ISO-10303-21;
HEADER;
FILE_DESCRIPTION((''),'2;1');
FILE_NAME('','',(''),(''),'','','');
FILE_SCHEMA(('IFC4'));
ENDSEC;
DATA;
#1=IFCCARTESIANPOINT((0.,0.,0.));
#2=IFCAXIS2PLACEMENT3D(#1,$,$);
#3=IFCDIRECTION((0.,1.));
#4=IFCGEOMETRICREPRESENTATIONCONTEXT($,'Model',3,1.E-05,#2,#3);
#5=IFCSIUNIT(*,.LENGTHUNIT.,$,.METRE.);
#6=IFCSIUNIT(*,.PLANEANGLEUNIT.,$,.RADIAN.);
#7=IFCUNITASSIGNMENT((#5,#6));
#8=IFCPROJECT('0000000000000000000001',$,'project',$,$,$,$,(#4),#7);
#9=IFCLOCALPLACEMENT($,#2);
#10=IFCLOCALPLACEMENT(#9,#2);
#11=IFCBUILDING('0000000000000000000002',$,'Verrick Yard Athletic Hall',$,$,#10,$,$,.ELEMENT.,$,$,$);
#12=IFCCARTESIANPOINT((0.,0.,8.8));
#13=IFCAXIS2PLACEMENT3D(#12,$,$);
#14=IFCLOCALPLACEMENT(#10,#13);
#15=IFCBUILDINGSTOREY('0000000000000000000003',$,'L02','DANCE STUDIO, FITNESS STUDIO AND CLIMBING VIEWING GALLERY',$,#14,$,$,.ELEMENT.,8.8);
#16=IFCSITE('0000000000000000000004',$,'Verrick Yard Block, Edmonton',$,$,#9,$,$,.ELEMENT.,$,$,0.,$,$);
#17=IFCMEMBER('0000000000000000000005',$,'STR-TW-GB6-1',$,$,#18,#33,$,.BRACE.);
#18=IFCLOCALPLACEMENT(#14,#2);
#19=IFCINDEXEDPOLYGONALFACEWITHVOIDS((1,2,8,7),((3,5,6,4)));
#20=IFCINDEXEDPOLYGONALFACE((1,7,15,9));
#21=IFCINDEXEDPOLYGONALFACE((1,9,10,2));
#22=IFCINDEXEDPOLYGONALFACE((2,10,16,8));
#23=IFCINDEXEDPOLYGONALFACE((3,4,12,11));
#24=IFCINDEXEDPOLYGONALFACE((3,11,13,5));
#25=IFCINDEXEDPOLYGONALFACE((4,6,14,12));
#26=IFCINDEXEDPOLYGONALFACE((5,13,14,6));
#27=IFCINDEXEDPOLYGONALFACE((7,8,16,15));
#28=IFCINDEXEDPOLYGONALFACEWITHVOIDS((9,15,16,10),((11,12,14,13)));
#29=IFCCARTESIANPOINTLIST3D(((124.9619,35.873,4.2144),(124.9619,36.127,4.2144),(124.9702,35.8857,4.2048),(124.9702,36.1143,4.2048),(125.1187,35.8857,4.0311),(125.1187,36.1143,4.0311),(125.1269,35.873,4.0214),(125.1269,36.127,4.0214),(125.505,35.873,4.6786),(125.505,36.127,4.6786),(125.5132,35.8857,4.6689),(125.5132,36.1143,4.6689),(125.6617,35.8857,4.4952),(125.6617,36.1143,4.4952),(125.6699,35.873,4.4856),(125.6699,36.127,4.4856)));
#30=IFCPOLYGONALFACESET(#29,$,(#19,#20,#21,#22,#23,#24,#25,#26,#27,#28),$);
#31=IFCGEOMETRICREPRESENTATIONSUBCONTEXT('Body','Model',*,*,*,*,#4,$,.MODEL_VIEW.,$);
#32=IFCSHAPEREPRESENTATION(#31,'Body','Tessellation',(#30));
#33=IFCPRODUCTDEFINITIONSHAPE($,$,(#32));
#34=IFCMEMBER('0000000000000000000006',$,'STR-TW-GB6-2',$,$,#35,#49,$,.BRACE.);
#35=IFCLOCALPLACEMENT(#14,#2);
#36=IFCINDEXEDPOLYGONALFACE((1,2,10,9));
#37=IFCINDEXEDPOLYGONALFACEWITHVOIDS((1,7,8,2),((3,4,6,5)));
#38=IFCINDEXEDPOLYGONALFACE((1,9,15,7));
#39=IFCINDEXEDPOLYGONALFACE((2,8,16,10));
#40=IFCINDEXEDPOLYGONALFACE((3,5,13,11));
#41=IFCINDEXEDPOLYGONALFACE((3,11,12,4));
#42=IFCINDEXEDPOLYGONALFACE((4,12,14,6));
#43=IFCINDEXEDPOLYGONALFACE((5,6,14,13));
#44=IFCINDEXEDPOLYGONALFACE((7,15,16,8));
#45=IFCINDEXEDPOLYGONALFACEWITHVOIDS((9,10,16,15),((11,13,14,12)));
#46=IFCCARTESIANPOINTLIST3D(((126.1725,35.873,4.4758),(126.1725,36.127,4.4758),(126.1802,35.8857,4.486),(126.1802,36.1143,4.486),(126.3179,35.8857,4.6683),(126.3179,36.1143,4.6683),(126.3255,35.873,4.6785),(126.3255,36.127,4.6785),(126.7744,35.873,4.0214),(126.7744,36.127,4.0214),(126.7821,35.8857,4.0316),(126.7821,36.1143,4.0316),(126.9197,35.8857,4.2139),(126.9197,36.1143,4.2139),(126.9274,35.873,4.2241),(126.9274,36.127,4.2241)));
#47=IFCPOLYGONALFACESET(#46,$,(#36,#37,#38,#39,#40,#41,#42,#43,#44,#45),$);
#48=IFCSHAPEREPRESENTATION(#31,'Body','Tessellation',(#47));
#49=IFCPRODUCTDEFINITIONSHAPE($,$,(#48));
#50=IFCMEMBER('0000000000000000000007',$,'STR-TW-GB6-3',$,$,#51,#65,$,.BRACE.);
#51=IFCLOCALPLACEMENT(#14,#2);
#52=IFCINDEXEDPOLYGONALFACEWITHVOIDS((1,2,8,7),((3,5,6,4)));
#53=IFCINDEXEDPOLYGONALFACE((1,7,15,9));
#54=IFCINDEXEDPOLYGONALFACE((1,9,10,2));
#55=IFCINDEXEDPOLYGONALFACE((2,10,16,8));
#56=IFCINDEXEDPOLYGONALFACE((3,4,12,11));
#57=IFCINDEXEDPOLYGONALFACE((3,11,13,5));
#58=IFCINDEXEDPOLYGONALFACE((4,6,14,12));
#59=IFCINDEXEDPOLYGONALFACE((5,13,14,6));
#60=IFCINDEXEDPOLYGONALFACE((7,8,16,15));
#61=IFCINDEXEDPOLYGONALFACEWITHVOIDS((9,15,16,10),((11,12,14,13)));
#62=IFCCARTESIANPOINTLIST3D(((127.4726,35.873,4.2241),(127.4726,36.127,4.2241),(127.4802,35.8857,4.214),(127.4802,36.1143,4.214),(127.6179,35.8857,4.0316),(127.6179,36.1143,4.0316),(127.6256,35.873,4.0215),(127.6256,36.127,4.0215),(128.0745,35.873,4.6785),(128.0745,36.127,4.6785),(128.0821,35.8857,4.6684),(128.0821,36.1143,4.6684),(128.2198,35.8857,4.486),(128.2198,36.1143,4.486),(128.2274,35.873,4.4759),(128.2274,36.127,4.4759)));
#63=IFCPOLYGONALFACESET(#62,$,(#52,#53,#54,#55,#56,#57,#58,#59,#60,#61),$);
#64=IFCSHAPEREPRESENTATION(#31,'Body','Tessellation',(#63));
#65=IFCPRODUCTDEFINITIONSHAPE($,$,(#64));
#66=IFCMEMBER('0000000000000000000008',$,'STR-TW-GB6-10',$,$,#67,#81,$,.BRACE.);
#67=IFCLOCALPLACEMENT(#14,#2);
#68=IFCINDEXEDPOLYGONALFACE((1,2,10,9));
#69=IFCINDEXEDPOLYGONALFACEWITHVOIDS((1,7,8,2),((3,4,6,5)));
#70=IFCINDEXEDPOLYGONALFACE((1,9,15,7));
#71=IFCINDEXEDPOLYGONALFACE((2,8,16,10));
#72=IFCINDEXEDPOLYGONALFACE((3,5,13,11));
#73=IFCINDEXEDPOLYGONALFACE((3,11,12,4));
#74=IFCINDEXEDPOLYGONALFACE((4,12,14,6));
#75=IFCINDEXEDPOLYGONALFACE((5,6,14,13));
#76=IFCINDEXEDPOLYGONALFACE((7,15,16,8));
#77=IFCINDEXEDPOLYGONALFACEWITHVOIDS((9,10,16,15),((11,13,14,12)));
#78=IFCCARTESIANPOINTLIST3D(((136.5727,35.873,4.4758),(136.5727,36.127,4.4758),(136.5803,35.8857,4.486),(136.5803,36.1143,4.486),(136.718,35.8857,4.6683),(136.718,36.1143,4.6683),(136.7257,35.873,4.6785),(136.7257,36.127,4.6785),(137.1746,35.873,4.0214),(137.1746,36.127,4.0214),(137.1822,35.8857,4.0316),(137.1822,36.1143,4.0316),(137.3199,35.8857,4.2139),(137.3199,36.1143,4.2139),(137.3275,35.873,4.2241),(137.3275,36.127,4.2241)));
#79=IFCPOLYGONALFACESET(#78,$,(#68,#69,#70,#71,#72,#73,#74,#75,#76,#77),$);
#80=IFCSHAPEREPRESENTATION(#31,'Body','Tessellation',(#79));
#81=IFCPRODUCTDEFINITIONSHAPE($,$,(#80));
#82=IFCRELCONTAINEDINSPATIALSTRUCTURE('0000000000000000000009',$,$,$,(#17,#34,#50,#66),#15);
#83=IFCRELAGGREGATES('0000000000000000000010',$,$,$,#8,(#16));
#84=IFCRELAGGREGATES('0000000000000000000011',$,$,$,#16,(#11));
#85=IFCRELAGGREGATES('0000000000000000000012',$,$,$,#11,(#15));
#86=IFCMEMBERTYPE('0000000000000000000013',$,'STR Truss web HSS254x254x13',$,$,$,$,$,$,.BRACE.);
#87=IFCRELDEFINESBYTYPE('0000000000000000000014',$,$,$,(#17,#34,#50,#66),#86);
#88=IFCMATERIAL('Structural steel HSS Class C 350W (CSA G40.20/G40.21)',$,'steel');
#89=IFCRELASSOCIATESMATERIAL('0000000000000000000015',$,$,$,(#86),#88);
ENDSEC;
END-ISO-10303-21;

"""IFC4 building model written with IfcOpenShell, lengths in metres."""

from ifc_helpers import new_model, si_unit, direction, frame, origin, origin_2d, place, context, subcontext, project, spatial, hollow_rectangle, extrude, material, material_profile, profile_set, type_object, element, save


model = new_model("IFC4")

# Units and contexts
model_context = context("Model", 3, precision=1e-05, world=origin(), true_north=direction((0.0, 1.0)))
body_context = subcontext(model_context, "Body", "Model", "MODEL_VIEW")
ifc_project = project(units=[si_unit("LENGTHUNIT", "METRE"), si_unit("PLANEANGLEUNIT", "RADIAN")], contexts=[model_context])

# Site, building, storey
site_placement = place(None, origin())
site = spatial("IfcSite", under=ifc_project, at=site_placement, Name="Verrick Yard Block, Edmonton", CompositionType="ELEMENT", RefElevation=0.0)
building_placement = place(site_placement, origin())
building = spatial("IfcBuilding", under=site, at=building_placement, Name="Verrick Yard Athletic Hall", CompositionType="ELEMENT")
storey_placement = place(building_placement, frame((0.0, 0.0, 8.8)))
storey = spatial("IfcBuildingStorey", under=building, at=storey_placement, Name="L02", Description="DANCE STUDIO, FITNESS STUDIO AND CLIMBING VIEWING GALLERY", CompositionType="ELEMENT", Elevation=8.8)

# Members
ifc_material_1 = material(Name="Structural steel HSS Class C 350W (CSA G40.20/G40.21)", Category="steel")
ifc_material_profile_1 = material_profile(ifc_material_1, hollow_rectangle(XDim=0.2539, YDim=0.2539, WallThickness=0.0127, at=origin_2d()), Name="HSS254x254x13")
ifc_profile_set_1 = profile_set([ifc_material_profile_1], Name="Structural steel HSS Class C 350W (CSA G40.20/G40.21)")
member_type_1 = type_object("IfcMemberType", Name="STR Truss web HSS254x254x13", PredefinedType="BRACE", material=ifc_profile_set_1)
member_1_placement = place(storey_placement, frame((125.0444, 36.0, 4.1179), z_axis=(0.760149, 0.0, 0.649749), x_axis=(0.0, 1.0, 0.0)))
element("IfcMember", 1, at=member_1_placement, inside=storey, type_object=member_type_1, Name="STR-TW-GB6-1", PredefinedType="BRACE", context=body_context, shape_type="SweptSolid", body=[
    extrude(hollow_rectangle(XDim=0.2539, YDim=0.2539, WallThickness=0.0127, at=origin_2d()), origin(), (0.0, 0.0, 1.0), 0.7144),
])
for number, where, z_axis, x_axis, name in (
    (2, (126.249, 36.0, 4.5771), (0.798092, 0.0, -0.602535), (0.0, 1.0, 0.0), "STR-TW-GB6-2"),
    (3, (127.5491, 36.0, 4.1228), (0.798092, 0.0, 0.602535), (0.0, 1.0, 0.0), "STR-TW-GB6-3"),
    (4, (136.6492, 36.0, 4.5771), (0.798092, 0.0, -0.602535), (0.0, 1.0, 0.0), "STR-TW-GB6-10"),
):
    element("IfcMember", number, at=place(storey_placement, frame(where, z_axis=z_axis, x_axis=x_axis)), inside=storey, type_object=member_type_1, Name=name, PredefinedType="BRACE", context=body_context, shape_type="SweptSolid", body=[
        extrude(hollow_rectangle(XDim=0.2539, YDim=0.2539, WallThickness=0.0127, at=origin_2d()), origin(), (0.0, 0.0, 1.0), 0.7542),
    ])

save(model, "model.ifc")
